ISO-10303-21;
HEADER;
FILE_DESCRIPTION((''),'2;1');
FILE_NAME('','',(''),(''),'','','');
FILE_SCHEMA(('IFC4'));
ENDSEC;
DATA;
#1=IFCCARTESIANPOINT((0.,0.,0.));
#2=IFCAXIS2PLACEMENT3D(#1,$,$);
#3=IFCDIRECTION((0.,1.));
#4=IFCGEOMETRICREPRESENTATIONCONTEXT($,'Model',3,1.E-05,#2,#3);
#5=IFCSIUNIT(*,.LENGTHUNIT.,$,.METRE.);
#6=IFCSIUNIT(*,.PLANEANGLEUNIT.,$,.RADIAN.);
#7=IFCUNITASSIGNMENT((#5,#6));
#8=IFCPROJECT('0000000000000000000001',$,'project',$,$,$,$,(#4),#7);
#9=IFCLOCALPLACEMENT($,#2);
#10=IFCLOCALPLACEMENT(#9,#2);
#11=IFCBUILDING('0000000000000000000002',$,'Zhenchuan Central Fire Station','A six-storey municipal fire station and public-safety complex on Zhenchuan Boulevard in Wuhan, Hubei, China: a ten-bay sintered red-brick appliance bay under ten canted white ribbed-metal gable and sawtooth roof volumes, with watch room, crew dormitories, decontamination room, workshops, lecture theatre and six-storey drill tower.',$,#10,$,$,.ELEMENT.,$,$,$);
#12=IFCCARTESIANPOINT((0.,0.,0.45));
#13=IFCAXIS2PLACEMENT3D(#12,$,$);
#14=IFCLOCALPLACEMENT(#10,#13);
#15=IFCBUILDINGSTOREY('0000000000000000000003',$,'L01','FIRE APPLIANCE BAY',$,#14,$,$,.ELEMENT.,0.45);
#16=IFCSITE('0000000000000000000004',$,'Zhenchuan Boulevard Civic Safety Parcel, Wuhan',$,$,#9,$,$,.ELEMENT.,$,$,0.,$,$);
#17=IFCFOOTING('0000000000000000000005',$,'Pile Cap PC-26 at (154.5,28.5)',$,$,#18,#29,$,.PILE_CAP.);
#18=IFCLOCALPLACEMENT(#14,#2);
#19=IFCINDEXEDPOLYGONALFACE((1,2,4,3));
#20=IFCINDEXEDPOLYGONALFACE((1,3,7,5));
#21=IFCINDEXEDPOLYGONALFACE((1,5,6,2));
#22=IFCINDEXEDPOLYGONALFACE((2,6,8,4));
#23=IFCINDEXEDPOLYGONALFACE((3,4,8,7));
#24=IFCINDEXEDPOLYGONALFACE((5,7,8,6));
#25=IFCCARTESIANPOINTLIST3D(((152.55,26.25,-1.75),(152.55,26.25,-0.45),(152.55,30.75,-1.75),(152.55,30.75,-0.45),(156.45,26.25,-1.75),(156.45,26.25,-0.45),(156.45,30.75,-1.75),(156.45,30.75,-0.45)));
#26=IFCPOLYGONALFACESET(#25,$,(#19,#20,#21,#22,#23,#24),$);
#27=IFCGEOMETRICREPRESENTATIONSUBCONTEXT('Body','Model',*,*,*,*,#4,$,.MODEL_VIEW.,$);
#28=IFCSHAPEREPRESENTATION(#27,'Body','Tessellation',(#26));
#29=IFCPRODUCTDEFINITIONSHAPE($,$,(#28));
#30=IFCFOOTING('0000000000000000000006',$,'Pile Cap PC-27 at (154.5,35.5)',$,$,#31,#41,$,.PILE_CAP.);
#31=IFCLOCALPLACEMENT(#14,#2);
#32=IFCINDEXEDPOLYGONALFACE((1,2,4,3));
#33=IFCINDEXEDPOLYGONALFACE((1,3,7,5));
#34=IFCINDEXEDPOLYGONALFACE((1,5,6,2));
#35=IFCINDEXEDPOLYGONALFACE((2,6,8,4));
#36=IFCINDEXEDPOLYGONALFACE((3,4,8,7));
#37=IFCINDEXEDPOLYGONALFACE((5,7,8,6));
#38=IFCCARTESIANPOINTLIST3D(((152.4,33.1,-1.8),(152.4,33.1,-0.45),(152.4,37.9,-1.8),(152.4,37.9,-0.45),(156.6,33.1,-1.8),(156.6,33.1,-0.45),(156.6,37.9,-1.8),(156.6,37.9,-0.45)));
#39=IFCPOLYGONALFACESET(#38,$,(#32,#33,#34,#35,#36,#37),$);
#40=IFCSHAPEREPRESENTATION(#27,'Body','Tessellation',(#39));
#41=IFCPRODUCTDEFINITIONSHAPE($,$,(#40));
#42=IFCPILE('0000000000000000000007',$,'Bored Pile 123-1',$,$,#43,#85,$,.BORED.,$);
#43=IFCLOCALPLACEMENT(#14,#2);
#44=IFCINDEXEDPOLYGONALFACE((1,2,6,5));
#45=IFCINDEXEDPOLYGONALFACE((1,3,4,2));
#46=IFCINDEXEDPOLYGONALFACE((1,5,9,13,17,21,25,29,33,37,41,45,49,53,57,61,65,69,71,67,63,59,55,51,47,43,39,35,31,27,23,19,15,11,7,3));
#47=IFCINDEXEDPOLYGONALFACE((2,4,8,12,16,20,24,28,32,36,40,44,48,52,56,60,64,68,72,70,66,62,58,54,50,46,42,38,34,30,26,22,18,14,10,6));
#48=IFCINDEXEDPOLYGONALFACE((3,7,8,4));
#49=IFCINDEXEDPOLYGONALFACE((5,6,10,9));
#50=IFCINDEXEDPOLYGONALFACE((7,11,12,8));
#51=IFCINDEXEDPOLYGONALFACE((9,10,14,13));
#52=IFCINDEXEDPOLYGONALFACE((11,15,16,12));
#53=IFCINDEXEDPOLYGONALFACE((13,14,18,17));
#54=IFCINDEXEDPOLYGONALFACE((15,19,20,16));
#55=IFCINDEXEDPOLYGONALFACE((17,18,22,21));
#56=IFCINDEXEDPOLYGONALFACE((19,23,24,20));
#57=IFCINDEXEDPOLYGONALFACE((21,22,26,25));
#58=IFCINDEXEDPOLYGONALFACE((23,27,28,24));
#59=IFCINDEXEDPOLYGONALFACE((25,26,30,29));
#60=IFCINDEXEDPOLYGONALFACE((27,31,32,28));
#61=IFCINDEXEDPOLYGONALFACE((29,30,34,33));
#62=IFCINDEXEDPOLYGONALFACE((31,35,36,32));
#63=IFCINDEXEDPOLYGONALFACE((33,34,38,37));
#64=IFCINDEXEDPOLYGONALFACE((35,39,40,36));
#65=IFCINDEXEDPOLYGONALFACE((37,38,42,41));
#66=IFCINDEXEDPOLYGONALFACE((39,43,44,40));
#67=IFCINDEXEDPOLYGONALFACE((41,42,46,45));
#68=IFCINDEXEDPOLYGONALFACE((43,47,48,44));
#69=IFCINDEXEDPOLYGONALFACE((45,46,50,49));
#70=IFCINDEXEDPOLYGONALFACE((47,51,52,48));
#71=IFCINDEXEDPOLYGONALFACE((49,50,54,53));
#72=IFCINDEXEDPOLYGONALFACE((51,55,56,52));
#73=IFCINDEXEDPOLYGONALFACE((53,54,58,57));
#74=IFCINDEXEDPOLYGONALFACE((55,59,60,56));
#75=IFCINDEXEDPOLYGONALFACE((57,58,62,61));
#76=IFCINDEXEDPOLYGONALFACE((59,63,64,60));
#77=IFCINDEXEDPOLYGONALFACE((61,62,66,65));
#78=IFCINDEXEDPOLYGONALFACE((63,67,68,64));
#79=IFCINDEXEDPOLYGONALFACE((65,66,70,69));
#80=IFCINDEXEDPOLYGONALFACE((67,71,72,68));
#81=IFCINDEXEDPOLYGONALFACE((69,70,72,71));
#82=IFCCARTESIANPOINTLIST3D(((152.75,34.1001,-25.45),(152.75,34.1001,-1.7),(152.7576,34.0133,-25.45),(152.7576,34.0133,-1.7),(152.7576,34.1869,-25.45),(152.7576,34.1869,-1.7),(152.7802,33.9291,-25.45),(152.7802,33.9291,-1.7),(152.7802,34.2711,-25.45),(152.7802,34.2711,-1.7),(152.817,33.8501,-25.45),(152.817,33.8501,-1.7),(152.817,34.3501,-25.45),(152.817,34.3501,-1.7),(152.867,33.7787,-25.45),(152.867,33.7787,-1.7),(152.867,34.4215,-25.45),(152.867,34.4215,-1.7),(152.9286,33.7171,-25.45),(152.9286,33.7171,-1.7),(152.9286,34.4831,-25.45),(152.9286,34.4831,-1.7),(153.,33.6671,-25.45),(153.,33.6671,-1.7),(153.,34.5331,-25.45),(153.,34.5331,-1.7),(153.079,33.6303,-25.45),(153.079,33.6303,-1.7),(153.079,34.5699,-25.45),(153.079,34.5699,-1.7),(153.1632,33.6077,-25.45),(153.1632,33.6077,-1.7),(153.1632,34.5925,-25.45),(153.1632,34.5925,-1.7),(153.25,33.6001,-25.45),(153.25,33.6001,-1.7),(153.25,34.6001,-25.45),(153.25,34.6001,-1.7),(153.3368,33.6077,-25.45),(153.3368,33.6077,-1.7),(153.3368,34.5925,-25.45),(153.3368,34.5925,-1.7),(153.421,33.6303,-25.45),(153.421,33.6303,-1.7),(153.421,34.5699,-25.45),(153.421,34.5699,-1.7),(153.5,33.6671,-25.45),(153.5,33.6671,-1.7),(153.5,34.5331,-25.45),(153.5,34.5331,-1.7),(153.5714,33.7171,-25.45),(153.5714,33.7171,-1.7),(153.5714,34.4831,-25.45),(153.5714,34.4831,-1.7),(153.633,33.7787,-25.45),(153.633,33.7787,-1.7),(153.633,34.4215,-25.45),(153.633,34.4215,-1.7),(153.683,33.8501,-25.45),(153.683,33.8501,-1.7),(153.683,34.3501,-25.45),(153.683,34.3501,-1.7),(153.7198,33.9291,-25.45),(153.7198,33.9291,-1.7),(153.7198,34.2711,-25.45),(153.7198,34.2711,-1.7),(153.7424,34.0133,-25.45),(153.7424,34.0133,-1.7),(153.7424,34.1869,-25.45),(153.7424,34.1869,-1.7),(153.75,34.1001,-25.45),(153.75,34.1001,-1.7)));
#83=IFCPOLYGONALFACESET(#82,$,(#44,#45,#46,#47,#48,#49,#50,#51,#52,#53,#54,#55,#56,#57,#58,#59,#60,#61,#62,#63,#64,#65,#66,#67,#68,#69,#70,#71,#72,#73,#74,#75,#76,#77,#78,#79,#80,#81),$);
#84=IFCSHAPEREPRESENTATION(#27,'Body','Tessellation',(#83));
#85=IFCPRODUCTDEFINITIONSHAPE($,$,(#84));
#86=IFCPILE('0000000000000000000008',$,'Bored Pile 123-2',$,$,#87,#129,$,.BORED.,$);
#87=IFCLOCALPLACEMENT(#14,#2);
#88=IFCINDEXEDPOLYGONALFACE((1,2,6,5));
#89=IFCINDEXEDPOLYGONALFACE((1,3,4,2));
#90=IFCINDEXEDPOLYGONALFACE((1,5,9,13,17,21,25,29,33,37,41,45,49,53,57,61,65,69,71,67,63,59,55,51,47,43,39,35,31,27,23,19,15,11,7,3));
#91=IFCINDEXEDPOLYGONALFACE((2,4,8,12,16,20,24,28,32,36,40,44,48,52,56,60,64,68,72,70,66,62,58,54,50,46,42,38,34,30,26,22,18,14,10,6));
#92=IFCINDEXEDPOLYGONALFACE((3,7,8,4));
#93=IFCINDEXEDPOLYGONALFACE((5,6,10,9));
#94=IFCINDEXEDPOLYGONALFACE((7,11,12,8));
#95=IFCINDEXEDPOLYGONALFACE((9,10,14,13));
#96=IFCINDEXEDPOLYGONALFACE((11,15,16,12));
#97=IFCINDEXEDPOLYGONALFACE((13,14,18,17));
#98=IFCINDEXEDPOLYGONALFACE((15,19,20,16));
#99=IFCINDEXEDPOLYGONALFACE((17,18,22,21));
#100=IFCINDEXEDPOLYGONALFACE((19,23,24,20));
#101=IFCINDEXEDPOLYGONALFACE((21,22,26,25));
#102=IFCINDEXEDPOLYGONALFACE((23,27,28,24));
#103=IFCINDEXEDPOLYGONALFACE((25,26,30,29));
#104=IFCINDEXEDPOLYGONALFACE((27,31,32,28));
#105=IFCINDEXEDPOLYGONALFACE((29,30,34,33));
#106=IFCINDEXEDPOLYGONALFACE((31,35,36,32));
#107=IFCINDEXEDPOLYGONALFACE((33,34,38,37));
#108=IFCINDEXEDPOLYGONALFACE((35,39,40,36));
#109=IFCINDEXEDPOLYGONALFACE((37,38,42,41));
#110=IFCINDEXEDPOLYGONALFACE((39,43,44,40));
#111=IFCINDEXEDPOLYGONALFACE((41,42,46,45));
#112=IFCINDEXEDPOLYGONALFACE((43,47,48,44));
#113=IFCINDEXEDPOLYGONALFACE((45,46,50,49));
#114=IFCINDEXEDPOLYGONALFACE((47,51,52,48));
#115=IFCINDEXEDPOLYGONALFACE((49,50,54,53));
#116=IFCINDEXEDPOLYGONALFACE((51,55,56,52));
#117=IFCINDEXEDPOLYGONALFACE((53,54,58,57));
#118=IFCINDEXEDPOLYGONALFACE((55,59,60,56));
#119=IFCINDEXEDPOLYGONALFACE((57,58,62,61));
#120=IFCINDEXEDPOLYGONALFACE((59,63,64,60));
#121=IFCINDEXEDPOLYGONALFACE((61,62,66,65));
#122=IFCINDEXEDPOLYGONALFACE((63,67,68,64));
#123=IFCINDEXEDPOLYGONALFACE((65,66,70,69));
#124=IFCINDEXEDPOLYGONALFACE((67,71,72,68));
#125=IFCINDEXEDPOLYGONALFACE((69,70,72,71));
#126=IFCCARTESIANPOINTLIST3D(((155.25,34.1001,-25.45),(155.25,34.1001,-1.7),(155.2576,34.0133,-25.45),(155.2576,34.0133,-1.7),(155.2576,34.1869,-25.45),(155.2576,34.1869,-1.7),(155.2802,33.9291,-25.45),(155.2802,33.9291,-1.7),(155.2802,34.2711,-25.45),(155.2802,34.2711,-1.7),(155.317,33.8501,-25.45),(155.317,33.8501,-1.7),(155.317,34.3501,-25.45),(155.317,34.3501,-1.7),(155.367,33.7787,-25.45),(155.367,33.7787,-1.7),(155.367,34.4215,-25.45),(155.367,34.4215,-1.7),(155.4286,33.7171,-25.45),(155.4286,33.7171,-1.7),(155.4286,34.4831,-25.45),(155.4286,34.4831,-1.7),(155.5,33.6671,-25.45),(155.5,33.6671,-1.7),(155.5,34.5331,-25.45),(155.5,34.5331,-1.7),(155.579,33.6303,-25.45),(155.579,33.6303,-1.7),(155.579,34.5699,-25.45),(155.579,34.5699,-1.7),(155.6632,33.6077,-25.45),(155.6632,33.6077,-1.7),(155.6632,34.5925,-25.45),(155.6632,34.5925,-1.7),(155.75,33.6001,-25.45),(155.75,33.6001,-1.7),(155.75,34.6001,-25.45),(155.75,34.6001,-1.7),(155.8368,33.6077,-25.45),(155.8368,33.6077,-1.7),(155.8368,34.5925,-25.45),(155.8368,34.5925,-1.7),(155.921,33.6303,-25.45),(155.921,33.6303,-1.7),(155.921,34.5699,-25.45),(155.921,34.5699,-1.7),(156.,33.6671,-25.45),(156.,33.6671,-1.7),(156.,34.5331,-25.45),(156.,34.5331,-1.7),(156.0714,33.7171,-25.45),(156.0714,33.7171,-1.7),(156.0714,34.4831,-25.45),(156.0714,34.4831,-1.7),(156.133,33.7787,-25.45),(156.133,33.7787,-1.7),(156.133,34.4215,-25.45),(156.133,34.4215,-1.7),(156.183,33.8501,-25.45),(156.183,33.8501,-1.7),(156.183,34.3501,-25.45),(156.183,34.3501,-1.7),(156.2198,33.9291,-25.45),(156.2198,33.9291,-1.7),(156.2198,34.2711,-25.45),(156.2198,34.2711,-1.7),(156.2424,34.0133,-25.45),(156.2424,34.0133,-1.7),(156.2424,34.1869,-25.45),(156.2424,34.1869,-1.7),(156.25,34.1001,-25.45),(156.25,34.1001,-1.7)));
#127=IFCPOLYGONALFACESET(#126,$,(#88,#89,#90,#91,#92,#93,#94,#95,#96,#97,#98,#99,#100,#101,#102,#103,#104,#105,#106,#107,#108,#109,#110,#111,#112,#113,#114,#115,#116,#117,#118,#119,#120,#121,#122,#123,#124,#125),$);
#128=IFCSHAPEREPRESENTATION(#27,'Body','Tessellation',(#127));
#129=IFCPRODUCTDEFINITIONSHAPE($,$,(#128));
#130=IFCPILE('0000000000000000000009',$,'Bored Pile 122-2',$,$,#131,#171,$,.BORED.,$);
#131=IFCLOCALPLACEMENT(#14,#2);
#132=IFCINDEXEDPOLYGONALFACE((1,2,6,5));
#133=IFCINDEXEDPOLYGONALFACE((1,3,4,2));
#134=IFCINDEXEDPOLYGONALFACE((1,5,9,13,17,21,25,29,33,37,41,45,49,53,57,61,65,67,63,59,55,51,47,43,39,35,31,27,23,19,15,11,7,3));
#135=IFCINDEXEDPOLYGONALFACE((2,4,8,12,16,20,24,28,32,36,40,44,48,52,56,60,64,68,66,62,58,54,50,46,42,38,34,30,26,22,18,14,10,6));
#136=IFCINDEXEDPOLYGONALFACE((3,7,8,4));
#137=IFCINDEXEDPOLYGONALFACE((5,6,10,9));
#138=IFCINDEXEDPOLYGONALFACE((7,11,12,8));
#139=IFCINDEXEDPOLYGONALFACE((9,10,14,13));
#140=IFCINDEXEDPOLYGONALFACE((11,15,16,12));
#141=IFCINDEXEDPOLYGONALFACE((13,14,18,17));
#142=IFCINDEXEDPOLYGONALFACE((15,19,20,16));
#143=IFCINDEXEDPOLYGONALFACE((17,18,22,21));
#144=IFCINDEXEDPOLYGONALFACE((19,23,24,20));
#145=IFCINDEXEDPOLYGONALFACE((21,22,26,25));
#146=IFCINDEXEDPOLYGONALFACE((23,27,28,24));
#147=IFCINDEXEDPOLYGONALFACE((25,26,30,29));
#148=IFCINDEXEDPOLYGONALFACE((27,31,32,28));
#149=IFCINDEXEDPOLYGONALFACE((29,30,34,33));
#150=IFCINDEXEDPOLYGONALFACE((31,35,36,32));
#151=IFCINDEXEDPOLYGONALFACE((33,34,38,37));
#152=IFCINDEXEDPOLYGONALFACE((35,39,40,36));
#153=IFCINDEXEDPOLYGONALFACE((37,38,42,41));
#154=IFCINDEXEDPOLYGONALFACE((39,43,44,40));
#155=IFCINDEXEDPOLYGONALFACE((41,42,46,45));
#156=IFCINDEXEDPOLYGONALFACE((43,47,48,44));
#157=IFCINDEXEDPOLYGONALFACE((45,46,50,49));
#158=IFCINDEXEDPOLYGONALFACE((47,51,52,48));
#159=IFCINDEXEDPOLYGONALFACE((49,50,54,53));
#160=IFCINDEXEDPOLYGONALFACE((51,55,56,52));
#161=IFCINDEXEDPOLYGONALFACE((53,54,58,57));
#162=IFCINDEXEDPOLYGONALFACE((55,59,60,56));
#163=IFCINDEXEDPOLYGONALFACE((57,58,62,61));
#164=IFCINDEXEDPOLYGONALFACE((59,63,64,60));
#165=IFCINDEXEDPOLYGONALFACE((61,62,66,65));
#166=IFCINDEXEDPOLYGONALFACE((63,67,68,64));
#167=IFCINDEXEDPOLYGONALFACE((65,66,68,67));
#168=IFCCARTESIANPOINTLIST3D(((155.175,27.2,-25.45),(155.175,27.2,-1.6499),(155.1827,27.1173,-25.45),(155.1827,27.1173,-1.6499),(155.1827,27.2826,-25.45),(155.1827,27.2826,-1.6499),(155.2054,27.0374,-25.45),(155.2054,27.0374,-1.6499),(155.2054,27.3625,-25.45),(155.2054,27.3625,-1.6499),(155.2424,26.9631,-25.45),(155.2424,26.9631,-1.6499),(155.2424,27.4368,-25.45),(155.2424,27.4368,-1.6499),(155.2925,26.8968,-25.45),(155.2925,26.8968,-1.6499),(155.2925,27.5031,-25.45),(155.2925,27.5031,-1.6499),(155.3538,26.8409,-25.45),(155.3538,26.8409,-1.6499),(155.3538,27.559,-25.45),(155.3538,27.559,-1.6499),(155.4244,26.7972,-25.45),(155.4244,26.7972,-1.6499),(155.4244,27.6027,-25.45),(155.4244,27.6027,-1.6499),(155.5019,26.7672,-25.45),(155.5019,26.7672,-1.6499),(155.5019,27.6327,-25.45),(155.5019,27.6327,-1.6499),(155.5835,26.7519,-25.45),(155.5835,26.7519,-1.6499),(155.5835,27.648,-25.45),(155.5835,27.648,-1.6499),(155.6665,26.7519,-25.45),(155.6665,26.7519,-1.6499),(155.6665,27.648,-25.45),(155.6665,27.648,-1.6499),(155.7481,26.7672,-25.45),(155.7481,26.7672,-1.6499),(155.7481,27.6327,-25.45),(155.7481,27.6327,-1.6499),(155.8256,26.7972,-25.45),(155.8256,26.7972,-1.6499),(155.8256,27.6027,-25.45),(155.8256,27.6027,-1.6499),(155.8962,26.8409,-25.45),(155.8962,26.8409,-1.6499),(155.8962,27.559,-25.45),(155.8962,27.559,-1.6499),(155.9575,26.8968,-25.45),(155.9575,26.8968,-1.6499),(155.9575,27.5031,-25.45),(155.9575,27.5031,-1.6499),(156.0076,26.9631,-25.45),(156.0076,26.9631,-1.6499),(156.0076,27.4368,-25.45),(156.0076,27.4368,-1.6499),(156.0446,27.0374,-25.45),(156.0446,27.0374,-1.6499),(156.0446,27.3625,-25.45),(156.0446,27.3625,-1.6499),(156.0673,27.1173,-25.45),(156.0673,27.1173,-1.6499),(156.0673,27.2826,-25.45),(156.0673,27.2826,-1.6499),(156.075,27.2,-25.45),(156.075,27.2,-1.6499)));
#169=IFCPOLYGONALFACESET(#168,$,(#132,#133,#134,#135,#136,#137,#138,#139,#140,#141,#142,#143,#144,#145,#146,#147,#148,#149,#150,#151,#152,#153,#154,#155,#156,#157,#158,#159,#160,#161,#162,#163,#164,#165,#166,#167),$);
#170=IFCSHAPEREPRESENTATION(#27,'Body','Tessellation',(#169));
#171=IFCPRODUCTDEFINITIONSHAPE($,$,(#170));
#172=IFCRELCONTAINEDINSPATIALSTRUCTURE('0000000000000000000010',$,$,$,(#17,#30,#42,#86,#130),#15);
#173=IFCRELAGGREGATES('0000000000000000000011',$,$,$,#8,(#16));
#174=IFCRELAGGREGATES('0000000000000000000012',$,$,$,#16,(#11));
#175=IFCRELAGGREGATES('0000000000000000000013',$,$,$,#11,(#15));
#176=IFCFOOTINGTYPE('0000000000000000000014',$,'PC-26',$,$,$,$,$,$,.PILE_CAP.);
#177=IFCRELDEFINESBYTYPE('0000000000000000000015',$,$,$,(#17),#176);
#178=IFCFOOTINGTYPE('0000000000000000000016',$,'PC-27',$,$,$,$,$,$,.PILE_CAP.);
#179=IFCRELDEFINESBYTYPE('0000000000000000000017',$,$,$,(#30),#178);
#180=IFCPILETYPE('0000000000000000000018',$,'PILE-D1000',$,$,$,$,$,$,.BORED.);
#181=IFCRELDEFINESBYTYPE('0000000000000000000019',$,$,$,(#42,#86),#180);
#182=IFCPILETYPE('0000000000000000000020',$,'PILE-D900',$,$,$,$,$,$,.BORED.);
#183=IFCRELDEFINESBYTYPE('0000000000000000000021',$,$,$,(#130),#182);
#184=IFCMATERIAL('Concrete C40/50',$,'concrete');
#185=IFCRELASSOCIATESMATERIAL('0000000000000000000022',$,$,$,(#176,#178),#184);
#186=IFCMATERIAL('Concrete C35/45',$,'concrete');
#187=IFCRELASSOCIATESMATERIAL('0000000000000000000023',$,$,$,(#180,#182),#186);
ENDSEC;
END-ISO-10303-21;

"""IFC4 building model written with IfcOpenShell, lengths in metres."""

from ifc_helpers import new_model, si_unit, direction, frame, origin, origin_2d, place, context, subcontext, project, spatial, rectangle, circle, extrude, material, material_profile, profile_set, type_object, element, save


model = new_model("IFC4")

# Units and contexts
model_context = context("Model", 3, precision=1e-05, world=origin(), true_north=direction((0.0, 1.0)))
body_context = subcontext(model_context, "Body", "Model", "MODEL_VIEW")
ifc_project = project(units=[si_unit("LENGTHUNIT", "METRE"), si_unit("PLANEANGLEUNIT", "RADIAN")], contexts=[model_context])

# Site, building, storey
site_placement = place(None, origin())
site = spatial("IfcSite", under=ifc_project, at=site_placement, Name="Zhenchuan Boulevard Civic Safety Parcel, Wuhan", CompositionType="ELEMENT", RefElevation=0.0)
building_placement = place(site_placement, origin())
building = spatial("IfcBuilding", under=site, at=building_placement, Name="Zhenchuan Central Fire Station", Description="A six-storey municipal fire station and public-safety complex on Zhenchuan Boulevard in Wuhan, Hubei, China: a ten-bay sintered red-brick appliance bay under ten canted white ribbed-metal gable and sawtooth roof volumes, with watch room, crew dormitories, decontamination room, workshops, lecture theatre and six-storey drill tower.", CompositionType="ELEMENT")
storey_placement = place(building_placement, frame((0.0, 0.0, 0.45)))
storey = spatial("IfcBuildingStorey", under=building, at=storey_placement, Name="L01", Description="FIRE APPLIANCE BAY", CompositionType="ELEMENT", Elevation=0.45)

# Footings
ifc_material_1 = material(Name="Concrete C40/50", Category="concrete")
footing_type_1 = type_object("IfcFootingType", Name="PC-26", PredefinedType="PILE_CAP", material=ifc_material_1)
footing_1_placement = place(storey_placement, frame((154.5, 28.5, -1.75), z_axis=(0.0, 0.0, 1.0), x_axis=(1.0, 0.0, 0.0)))
element("IfcFooting", 1, at=footing_1_placement, inside=storey, type_object=footing_type_1, Name="Pile Cap PC-26 at (154.5,28.5)", PredefinedType="PILE_CAP", context=body_context, shape_type="SweptSolid", body=[
    extrude(rectangle(XDim=3.8999, YDim=4.5, at=origin_2d()), origin(), (0.0, 0.0, 1.0), 1.3),
])
footing_type_2 = type_object("IfcFootingType", Name="PC-27", PredefinedType="PILE_CAP", material=ifc_material_1)
footing_2_placement = place(storey_placement, frame((154.5, 35.5, -1.8), z_axis=(0.0, 0.0, 1.0), x_axis=(1.0, 0.0, 0.0)))
element("IfcFooting", 2, at=footing_2_placement, inside=storey, type_object=footing_type_2, Name="Pile Cap PC-27 at (154.5,35.5)", PredefinedType="PILE_CAP", context=body_context, shape_type="SweptSolid", body=[
    extrude(rectangle(XDim=4.2, YDim=4.8, at=origin_2d()), origin(), (0.0, 0.0, 1.0), 1.3501),
])

# Piles
ifc_material_2 = material(Name="Concrete C35/45", Category="concrete")
ifc_material_profile_1 = material_profile(ifc_material_2, circle(Radius=0.5, at=origin_2d()), Name="PILE D1000")
ifc_profile_set_1 = profile_set([ifc_material_profile_1], Name="Concrete C35/45")
pile_type_1 = type_object("IfcPileType", Name="PILE-D1000", PredefinedType="BORED", material=ifc_profile_set_1)
for number, where, z_axis, x_axis, name in (
    (3, (153.25, 34.1001, -1.7), (0.0, 0.0, -1.0), (1.0, 0.0, 0.0), "Bored Pile 123-1"),
    (4, (155.75, 34.1001, -1.7), (0.0, 0.0, -1.0), (1.0, 0.0, 0.0), "Bored Pile 123-2"),
):
    element("IfcPile", number, at=place(storey_placement, frame(where, z_axis=z_axis, x_axis=x_axis)), inside=storey, type_object=pile_type_1, Name=name, PredefinedType="BORED", context=body_context, shape_type="SweptSolid", body=[
        extrude(circle(Radius=0.5, at=origin_2d()), origin(), (0.0, 0.0, 1.0), 23.75),
    ])
ifc_material_profile_2 = material_profile(ifc_material_2, circle(Radius=0.45, at=origin_2d()), Name="PILE D900")
ifc_profile_set_2 = profile_set([ifc_material_profile_2], Name="Concrete C35/45")
pile_type_2 = type_object("IfcPileType", Name="PILE-D900", PredefinedType="BORED", material=ifc_profile_set_2)
for number, where, z_axis, x_axis, name in (
    (5, (155.625, 27.2, -1.6499), (0.0, 0.0, -1.0), (1.0, 0.0, 0.0), "Bored Pile 122-2"),
):
    element("IfcPile", number, at=place(storey_placement, frame(where, z_axis=z_axis, x_axis=x_axis)), inside=storey, type_object=pile_type_2, Name=name, PredefinedType="BORED", context=body_context, shape_type="SweptSolid", body=[
        extrude(circle(Radius=0.45, at=origin_2d()), origin(), (0.0, 0.0, 1.0), 23.8),
    ])

save(model, "model.ifc")
